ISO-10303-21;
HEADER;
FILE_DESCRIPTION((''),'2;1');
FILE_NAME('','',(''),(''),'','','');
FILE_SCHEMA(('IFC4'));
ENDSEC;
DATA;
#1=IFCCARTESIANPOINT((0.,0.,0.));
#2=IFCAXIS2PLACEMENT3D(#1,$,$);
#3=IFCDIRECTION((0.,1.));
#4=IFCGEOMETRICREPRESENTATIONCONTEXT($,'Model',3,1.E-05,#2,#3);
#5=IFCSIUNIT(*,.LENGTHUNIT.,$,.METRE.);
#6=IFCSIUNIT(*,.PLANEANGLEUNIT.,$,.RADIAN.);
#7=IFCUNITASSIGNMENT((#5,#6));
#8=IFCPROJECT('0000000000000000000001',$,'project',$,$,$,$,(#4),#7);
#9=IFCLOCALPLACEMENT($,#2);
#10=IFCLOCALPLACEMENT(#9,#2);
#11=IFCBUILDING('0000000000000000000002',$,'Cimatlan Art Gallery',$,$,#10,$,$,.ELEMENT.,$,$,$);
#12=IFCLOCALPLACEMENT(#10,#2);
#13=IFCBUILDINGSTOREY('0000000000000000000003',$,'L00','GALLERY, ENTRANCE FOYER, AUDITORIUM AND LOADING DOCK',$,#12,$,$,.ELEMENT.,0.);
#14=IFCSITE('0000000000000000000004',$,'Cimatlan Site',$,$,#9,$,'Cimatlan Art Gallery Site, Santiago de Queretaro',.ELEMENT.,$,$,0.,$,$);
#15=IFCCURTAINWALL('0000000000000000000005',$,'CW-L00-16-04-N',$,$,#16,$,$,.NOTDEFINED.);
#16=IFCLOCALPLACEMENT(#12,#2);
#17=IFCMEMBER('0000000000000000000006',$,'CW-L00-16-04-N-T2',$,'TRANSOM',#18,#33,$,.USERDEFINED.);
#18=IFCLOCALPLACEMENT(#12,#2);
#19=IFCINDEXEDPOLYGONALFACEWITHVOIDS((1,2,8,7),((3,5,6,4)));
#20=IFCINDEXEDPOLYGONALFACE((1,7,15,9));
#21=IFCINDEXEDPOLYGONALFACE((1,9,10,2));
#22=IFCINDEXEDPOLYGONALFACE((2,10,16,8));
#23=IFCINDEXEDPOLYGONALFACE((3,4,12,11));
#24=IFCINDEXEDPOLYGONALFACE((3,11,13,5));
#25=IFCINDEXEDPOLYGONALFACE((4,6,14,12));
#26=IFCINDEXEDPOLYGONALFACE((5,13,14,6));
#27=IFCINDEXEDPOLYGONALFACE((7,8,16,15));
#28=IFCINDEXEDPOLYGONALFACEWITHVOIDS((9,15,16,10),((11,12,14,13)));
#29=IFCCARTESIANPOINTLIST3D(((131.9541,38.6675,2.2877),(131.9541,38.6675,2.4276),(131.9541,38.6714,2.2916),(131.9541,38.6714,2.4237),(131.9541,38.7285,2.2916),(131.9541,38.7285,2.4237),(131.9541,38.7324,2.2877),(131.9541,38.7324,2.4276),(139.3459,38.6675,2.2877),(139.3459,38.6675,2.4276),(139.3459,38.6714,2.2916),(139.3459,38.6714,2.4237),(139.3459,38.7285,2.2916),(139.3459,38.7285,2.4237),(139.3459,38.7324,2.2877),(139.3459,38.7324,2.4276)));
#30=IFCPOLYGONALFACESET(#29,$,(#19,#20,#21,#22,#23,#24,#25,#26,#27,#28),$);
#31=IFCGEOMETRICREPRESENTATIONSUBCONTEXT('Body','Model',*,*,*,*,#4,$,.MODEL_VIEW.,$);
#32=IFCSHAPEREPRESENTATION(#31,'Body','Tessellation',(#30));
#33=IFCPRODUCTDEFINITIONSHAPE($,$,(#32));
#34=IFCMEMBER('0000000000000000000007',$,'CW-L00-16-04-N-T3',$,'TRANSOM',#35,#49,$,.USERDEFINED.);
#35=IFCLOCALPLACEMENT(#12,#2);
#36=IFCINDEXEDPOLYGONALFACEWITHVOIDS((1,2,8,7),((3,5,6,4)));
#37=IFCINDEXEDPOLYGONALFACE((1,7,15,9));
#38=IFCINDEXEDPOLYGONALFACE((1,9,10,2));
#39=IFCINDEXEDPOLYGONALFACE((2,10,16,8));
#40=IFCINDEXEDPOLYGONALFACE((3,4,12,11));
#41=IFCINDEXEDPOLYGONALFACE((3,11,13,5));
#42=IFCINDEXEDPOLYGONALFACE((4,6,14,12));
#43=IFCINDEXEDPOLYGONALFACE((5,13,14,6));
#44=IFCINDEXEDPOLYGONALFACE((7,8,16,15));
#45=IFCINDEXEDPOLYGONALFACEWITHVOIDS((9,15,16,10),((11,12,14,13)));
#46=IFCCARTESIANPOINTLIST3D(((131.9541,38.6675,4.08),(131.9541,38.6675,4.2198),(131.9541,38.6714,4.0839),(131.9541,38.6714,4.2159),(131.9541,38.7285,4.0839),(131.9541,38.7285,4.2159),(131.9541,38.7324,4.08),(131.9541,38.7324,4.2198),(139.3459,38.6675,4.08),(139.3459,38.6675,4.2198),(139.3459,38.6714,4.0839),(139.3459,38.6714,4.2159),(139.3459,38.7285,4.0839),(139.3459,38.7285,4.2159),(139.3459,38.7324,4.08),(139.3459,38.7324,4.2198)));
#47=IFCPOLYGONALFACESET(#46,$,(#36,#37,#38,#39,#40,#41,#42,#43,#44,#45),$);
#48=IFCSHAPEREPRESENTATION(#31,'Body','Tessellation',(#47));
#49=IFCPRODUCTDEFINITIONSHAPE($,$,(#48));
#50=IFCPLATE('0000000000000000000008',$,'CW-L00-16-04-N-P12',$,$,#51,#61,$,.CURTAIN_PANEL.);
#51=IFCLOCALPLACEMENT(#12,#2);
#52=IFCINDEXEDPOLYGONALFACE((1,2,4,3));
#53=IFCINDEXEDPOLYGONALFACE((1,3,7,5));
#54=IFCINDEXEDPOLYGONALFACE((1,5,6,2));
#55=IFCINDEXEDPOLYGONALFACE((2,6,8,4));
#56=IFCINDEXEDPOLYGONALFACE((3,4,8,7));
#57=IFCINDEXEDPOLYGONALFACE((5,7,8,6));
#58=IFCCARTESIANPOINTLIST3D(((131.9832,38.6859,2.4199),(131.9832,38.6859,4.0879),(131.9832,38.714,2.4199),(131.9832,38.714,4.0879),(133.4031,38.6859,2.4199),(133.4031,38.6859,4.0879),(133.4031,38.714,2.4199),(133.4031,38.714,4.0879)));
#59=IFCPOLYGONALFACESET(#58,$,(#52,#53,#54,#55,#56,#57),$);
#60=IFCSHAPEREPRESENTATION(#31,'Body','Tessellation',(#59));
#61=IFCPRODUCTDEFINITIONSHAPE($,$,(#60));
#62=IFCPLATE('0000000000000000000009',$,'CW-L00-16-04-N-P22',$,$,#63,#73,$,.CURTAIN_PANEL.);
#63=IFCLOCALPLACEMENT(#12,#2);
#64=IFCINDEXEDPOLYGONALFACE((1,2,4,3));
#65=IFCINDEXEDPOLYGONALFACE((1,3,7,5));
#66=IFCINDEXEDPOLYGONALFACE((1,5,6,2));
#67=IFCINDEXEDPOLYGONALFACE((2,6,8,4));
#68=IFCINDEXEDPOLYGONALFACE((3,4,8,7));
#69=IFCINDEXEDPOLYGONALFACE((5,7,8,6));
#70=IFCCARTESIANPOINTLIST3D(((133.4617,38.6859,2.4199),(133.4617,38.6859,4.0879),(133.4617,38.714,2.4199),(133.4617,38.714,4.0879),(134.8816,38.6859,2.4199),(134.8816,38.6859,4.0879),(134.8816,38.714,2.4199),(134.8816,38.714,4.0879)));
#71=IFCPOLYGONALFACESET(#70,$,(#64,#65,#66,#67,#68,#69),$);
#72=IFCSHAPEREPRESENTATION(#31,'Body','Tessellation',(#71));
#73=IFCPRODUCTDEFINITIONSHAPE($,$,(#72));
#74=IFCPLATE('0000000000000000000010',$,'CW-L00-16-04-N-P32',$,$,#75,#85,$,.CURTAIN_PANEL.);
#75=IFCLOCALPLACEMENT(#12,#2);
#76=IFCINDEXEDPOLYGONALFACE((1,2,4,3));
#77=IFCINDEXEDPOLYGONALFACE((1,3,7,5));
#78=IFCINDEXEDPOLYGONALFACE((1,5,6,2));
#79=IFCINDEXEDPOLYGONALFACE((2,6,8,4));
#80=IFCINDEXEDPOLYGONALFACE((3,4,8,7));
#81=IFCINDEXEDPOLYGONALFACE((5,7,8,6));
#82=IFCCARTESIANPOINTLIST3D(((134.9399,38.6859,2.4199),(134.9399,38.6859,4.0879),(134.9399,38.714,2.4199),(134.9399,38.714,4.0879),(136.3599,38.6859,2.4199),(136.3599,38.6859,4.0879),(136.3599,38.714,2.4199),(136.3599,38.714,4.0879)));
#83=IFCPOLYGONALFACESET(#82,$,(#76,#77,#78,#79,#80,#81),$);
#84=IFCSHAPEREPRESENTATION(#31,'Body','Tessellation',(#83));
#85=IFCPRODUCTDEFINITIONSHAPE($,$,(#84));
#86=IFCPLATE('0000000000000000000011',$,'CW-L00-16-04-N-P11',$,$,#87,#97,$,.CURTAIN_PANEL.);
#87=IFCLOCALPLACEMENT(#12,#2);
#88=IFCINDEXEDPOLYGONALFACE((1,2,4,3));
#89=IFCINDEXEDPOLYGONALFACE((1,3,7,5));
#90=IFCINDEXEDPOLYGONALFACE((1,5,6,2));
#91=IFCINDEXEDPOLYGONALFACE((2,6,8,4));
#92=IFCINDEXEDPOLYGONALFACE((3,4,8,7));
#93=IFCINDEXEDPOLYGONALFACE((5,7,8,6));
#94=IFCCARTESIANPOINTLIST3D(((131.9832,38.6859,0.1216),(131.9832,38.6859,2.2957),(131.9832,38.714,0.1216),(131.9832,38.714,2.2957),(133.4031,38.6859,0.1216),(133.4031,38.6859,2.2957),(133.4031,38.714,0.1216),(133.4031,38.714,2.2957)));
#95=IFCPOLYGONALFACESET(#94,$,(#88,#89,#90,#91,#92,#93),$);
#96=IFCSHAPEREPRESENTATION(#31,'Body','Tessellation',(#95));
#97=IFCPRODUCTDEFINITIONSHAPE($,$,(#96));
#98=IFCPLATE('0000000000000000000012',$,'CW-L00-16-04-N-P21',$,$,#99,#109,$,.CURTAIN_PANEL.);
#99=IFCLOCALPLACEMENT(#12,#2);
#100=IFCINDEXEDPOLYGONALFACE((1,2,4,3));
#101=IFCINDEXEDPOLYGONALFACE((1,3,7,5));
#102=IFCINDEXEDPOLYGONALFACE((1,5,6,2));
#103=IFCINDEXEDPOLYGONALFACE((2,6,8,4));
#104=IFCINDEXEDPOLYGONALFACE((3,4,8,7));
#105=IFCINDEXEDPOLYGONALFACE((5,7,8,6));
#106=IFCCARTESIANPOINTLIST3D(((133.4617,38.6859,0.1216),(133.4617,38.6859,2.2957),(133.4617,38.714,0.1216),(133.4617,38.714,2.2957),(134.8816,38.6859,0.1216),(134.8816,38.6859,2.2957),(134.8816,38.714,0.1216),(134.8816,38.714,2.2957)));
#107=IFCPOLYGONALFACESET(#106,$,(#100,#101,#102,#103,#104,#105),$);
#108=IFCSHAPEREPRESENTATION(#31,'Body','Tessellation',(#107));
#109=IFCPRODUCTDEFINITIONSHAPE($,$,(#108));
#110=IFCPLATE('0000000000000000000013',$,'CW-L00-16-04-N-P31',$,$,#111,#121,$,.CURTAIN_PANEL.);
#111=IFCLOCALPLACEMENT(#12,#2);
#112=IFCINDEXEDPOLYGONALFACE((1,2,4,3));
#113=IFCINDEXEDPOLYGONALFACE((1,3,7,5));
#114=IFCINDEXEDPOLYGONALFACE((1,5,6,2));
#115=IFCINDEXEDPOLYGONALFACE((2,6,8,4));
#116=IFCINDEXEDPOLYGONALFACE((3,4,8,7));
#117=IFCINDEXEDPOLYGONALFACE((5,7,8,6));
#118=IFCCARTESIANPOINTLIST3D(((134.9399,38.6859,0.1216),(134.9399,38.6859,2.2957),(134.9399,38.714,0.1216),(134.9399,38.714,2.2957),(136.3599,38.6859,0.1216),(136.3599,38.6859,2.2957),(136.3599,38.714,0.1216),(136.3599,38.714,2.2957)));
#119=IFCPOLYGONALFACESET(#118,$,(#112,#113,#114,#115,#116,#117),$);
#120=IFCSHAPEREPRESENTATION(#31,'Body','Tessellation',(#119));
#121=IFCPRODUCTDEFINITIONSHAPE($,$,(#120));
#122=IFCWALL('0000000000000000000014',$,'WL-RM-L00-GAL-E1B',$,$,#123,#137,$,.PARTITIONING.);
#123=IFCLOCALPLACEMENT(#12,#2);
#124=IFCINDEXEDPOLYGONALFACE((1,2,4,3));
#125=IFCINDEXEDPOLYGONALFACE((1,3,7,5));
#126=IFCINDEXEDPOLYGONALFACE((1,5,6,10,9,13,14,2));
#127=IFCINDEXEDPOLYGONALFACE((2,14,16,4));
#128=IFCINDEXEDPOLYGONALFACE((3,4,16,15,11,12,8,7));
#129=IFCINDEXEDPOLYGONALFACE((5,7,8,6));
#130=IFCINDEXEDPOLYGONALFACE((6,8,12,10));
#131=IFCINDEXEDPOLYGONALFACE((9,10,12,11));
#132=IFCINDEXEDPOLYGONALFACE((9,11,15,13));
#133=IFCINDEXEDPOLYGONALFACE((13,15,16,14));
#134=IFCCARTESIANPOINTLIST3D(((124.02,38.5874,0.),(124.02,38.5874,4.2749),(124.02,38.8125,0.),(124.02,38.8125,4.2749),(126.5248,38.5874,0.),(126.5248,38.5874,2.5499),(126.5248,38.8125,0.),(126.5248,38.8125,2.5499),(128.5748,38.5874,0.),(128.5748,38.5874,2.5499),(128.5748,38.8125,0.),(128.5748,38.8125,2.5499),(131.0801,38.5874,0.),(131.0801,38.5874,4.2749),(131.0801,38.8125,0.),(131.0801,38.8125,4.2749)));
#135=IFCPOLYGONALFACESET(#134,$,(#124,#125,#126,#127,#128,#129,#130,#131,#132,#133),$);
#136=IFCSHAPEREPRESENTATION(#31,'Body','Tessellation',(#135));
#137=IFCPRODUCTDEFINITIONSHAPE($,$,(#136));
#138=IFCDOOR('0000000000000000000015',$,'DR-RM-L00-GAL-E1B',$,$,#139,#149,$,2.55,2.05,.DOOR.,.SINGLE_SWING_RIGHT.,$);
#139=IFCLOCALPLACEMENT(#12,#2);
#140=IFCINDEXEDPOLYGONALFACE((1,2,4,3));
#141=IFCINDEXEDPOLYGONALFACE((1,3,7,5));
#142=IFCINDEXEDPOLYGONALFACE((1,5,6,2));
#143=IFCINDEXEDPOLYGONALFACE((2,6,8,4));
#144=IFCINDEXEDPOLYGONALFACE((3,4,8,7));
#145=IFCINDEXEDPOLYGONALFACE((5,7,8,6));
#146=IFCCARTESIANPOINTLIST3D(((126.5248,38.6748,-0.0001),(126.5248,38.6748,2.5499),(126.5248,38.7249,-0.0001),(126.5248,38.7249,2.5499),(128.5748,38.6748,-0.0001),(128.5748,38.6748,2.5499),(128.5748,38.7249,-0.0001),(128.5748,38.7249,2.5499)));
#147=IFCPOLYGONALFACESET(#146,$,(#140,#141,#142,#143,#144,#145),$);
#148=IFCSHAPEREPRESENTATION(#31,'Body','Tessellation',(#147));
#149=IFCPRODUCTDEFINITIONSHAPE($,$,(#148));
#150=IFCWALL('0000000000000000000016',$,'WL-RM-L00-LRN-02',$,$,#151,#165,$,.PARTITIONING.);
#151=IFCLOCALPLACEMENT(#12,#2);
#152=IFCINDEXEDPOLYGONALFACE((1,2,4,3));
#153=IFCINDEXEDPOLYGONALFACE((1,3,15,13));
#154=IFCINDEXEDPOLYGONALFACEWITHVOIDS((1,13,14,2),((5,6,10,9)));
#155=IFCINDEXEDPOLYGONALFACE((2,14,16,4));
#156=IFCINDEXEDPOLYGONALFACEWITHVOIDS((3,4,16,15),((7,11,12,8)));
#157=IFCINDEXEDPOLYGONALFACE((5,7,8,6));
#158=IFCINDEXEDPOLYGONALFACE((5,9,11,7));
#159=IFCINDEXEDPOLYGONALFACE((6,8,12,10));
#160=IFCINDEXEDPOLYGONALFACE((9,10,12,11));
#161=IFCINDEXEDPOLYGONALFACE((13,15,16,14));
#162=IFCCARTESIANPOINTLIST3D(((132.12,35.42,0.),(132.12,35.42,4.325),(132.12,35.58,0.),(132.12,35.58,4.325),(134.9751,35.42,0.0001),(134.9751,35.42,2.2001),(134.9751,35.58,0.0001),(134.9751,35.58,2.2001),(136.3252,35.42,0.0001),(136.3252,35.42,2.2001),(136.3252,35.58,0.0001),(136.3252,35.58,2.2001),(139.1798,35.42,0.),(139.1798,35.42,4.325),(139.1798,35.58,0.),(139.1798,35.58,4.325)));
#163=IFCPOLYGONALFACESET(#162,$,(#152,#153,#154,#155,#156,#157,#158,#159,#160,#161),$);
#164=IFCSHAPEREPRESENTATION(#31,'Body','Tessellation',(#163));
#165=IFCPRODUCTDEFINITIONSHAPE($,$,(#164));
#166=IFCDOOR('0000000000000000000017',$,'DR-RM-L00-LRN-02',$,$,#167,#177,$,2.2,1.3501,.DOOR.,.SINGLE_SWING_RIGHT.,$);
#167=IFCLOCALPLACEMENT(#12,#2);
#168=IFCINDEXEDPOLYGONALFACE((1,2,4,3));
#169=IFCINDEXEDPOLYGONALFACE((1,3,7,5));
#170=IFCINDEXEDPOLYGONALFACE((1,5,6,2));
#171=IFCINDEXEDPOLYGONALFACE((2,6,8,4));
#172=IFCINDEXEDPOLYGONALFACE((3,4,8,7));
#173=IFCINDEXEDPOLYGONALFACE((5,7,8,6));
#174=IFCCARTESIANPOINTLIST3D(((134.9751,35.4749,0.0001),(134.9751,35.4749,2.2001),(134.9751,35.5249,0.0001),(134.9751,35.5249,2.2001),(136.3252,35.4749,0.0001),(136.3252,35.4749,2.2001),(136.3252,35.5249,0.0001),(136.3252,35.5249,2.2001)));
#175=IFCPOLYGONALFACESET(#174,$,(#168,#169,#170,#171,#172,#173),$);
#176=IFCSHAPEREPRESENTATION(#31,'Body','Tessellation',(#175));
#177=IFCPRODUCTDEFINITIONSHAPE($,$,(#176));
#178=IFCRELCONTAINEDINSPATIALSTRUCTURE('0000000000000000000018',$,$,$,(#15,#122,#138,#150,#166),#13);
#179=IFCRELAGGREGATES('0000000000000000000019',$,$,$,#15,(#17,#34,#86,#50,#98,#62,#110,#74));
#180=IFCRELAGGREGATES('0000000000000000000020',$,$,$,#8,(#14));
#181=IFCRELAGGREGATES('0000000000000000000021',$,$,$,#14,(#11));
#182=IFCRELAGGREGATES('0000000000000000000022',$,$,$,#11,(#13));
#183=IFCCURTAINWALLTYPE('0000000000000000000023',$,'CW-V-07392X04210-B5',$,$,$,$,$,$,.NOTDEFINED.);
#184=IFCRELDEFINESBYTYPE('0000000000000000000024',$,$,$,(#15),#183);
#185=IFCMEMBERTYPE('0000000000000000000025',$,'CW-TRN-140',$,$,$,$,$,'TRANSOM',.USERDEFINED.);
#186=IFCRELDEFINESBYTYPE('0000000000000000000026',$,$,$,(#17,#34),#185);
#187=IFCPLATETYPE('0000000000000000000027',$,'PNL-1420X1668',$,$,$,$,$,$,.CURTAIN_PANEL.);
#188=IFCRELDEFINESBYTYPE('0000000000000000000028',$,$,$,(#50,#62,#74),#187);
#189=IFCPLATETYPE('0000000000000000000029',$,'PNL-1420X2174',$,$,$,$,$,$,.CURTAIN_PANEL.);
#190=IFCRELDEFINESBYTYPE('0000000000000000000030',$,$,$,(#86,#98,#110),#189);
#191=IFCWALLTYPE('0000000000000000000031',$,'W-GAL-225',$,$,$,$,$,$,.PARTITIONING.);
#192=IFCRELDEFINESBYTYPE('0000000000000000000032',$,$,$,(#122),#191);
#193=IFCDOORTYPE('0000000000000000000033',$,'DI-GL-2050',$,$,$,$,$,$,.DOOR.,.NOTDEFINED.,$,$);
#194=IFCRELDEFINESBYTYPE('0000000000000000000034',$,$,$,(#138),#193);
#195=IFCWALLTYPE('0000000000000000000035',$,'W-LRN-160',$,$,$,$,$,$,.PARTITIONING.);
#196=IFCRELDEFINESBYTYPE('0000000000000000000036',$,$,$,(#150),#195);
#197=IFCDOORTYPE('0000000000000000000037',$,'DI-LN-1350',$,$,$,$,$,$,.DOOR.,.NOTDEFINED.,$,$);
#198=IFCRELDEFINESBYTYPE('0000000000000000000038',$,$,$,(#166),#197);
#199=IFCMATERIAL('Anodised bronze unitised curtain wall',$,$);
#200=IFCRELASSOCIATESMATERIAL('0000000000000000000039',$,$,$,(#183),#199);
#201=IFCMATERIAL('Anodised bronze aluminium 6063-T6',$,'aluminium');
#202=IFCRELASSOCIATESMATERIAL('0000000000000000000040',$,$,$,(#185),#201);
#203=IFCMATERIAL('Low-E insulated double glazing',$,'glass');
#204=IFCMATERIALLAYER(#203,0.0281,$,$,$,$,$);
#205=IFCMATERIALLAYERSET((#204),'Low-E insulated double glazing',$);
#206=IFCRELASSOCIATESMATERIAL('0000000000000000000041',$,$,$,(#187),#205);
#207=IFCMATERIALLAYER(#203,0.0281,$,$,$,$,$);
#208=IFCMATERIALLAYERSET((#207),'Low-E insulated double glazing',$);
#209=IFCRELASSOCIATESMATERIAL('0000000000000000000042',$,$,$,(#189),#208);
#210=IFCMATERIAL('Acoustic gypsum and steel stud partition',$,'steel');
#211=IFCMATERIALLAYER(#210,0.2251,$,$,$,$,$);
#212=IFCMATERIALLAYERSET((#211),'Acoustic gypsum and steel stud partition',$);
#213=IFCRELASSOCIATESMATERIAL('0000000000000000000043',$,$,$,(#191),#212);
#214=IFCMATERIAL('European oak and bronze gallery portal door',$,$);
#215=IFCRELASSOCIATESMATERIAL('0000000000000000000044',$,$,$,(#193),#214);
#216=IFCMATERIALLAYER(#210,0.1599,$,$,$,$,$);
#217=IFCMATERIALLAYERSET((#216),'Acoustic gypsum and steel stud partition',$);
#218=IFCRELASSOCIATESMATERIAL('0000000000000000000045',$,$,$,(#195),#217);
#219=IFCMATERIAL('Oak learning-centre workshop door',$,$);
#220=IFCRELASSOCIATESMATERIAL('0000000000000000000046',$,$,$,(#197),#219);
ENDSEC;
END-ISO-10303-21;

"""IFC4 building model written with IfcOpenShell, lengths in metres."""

from ifc_helpers import new_model, si_unit, direction, frame, frame_2d, origin, origin_2d, place, context, subcontext, project, spatial, rectangle, hollow_rectangle, extrude, material, layer, layer_set, material_profile, profile_set, type_object, element, fill, aggregate, save


model = new_model("IFC4")

# Units and contexts
model_context = context("Model", 3, precision=1e-05, world=origin(), true_north=direction((0.0, 1.0)))
body_context = subcontext(model_context, "Body", "Model", "MODEL_VIEW")
ifc_project = project(units=[si_unit("LENGTHUNIT", "METRE"), si_unit("PLANEANGLEUNIT", "RADIAN")], contexts=[model_context])

# Site, building, storey
site_placement = place(None, origin())
site = spatial("IfcSite", under=ifc_project, at=site_placement, Name="Cimatlan Site", LongName="Cimatlan Art Gallery Site, Santiago de Queretaro", CompositionType="ELEMENT", RefElevation=0.0)
building_placement = place(site_placement, origin())
building = spatial("IfcBuilding", under=site, at=building_placement, Name="Cimatlan Art Gallery", CompositionType="ELEMENT")
storey_placement = place(building_placement, origin())
storey = spatial("IfcBuildingStorey", under=building, at=storey_placement, Name="L00", Description="GALLERY, ENTRANCE FOYER, AUDITORIUM AND LOADING DOCK", CompositionType="ELEMENT", Elevation=0.0)

# Curtain wall, members, plates
ifc_material_1 = material(Name="Anodised bronze unitised curtain wall")
curtain_wall_type = type_object("IfcCurtainWallType", Name="CW-V-07392X04210-B5", PredefinedType="NOTDEFINED", material=ifc_material_1)
curtain_wall_placement = place(storey_placement, origin())
curtain_wall = element("IfcCurtainWall", 1, at=curtain_wall_placement, inside=storey, type_object=curtain_wall_type, Name="CW-L00-16-04-N", PredefinedType="NOTDEFINED")
ifc_material_2 = material(Name="Anodised bronze aluminium 6063-T6", Category="aluminium")
ifc_material_profile_1 = material_profile(ifc_material_2, hollow_rectangle(XDim=0.0649, YDim=0.1399, WallThickness=0.0039, at=origin_2d()), Name="ALU65X140X4")
ifc_profile_set_1 = profile_set([ifc_material_profile_1], Name="Anodised bronze aluminium 6063-T6")
member_type_1 = type_object("IfcMemberType", Name="CW-TRN-140", ElementType="TRANSOM", PredefinedType="USERDEFINED", material=ifc_profile_set_1)
member_1_placement = place(storey_placement, frame((131.9541, 38.7, 2.3577), z_axis=(1.0, 0.0, 0.0), x_axis=(0.0, 1.0, 0.0)))
member_1 = element("IfcMember", 2, at=member_1_placement, type_object=member_type_1, Name="CW-L00-16-04-N-T2", ObjectType="TRANSOM", PredefinedType="USERDEFINED", context=body_context, shape_type="SweptSolid", body=[
    extrude(hollow_rectangle(XDim=0.0649, YDim=0.1399, WallThickness=0.0039, at=origin_2d()), origin(), (0.0, 0.0, 1.0), 7.3918),
])
member_2_placement = place(storey_placement, frame((131.9541, 38.7, 4.1499), z_axis=(1.0, 0.0, 0.0), x_axis=(0.0, 1.0, 0.0)))
member_2 = element("IfcMember", 3, at=member_2_placement, type_object=member_type_1, Name="CW-L00-16-04-N-T3", ObjectType="TRANSOM", PredefinedType="USERDEFINED", context=body_context, shape_type="SweptSolid", body=[
    extrude(hollow_rectangle(XDim=0.0649, YDim=0.1399, WallThickness=0.0039, at=origin_2d()), origin(), (0.0, 0.0, 1.0), 7.3918),
])
ifc_material_3 = material(Name="Low-E insulated double glazing", Category="glass")
ifc_layer_1 = layer(ifc_material_3, 0.0281)
ifc_layer_set_1 = layer_set([ifc_layer_1], Name="Low-E insulated double glazing")
plate_type_1 = type_object("IfcPlateType", Name="PNL-1420X1668", PredefinedType="CURTAIN_PANEL", material=ifc_layer_set_1)
plate_1_placement = place(storey_placement, frame((132.6931, 38.7, 2.4199), z_axis=(0.0, 0.0, 1.0), x_axis=(1.0, 0.0, 0.0)))
plate_1 = element("IfcPlate", 4, at=plate_1_placement, type_object=plate_type_1, Name="CW-L00-16-04-N-P12", PredefinedType="CURTAIN_PANEL", context=body_context, shape_type="SweptSolid", body=[
    extrude(rectangle(XDim=1.4199, YDim=0.0281, at=origin_2d()), origin(), (0.0, 0.0, 1.0), 1.668),
])
plate_2_placement = place(storey_placement, frame((134.1716, 38.7, 2.4199), z_axis=(0.0, 0.0, 1.0), x_axis=(1.0, 0.0, 0.0)))
plate_2 = element("IfcPlate", 5, at=plate_2_placement, type_object=plate_type_1, Name="CW-L00-16-04-N-P22", PredefinedType="CURTAIN_PANEL", context=body_context, shape_type="SweptSolid", body=[
    extrude(rectangle(XDim=1.4199, YDim=0.0281, at=origin_2d()), origin(), (0.0, 0.0, 1.0), 1.668),
])
plate_3_placement = place(storey_placement, frame((135.6499, 38.7, 2.4199), z_axis=(0.0, 0.0, 1.0), x_axis=(1.0, 0.0, 0.0)))
plate_3 = element("IfcPlate", 6, at=plate_3_placement, type_object=plate_type_1, Name="CW-L00-16-04-N-P32", PredefinedType="CURTAIN_PANEL", context=body_context, shape_type="SweptSolid", body=[
    extrude(rectangle(XDim=1.4199, YDim=0.0281, at=origin_2d()), origin(), (0.0, 0.0, 1.0), 1.668),
])
ifc_layer_2 = layer(ifc_material_3, 0.0281)
ifc_layer_set_2 = layer_set([ifc_layer_2], Name="Low-E insulated double glazing")
plate_type_2 = type_object("IfcPlateType", Name="PNL-1420X2174", PredefinedType="CURTAIN_PANEL", material=ifc_layer_set_2)
plate_4_placement = place(storey_placement, frame((132.6931, 38.7, 0.1216), z_axis=(0.0, 0.0, 1.0), x_axis=(1.0, 0.0, 0.0)))
plate_4 = element("IfcPlate", 7, at=plate_4_placement, type_object=plate_type_2, Name="CW-L00-16-04-N-P11", PredefinedType="CURTAIN_PANEL", context=body_context, shape_type="SweptSolid", body=[
    extrude(rectangle(XDim=1.4199, YDim=0.0281, at=origin_2d()), origin(), (0.0, 0.0, 1.0), 2.1741),
])
plate_5_placement = place(storey_placement, frame((134.1716, 38.7, 0.1216), z_axis=(0.0, 0.0, 1.0), x_axis=(1.0, 0.0, 0.0)))
plate_5 = element("IfcPlate", 8, at=plate_5_placement, type_object=plate_type_2, Name="CW-L00-16-04-N-P21", PredefinedType="CURTAIN_PANEL", context=body_context, shape_type="SweptSolid", body=[
    extrude(rectangle(XDim=1.4199, YDim=0.0281, at=origin_2d()), origin(), (0.0, 0.0, 1.0), 2.1741),
])
plate_6_placement = place(storey_placement, frame((135.6499, 38.7, 0.1216), z_axis=(0.0, 0.0, 1.0), x_axis=(1.0, 0.0, 0.0)))
plate_6 = element("IfcPlate", 9, at=plate_6_placement, type_object=plate_type_2, Name="CW-L00-16-04-N-P31", PredefinedType="CURTAIN_PANEL", context=body_context, shape_type="SweptSolid", body=[
    extrude(rectangle(XDim=1.4199, YDim=0.0281, at=origin_2d()), origin(), (0.0, 0.0, 1.0), 2.1741),
])
aggregate(curtain_wall, [member_1, member_2, plate_4, plate_1, plate_5, plate_2, plate_6, plate_3])

# Walls, openings, doors
ifc_material_4 = material(Name="Acoustic gypsum and steel stud partition", Category="steel")
ifc_layer_3 = layer(ifc_material_4, 0.2251)
ifc_layer_set_3 = layer_set([ifc_layer_3], Name="Acoustic gypsum and steel stud partition")
wall_type_1 = type_object("IfcWallType", Name="W-GAL-225", PredefinedType="PARTITIONING", material=ifc_layer_set_3)
wall_1_placement = place(storey_placement, frame((124.02, 38.7, 0.0), z_axis=(0.0, 0.0, 1.0), x_axis=(1.0, 0.0, 0.0)))
wall_1 = element("IfcWall", 10, at=wall_1_placement, inside=storey, type_object=wall_type_1, Name="WL-RM-L00-GAL-E1B", PredefinedType="PARTITIONING", context=body_context, shape_type="SweptSolid", body=[
    extrude(rectangle(XDim=7.0601, YDim=0.2251, at=frame_2d((3.53, 0.0))), origin(), (0.0, 0.0, 1.0), 4.2749),
])
opening_1_placement = place(wall_1_placement, frame((2.5049, 0.0, 0.0)))
opening_1 = element("IfcOpeningElement", 11, at=opening_1_placement, cuts=wall_1, PredefinedType="OPENING", context=body_context, shape_type="SweptSolid", body=[
    extrude(rectangle(XDim=2.05, YDim=2.55, at=frame_2d((1.0249, 1.2749))), frame((0.0, 0.1226, 0.0), z_axis=(0.0, -1.0, 0.0), x_axis=(1.0, 0.0, 0.0)), (0.0, 0.0, 1.0), 0.2451),
])
ifc_material_5 = material(Name="European oak and bronze gallery portal door")
door_type_1 = type_object("IfcDoorType", Name="DI-GL-2050", OperationType="NOTDEFINED", PredefinedType="DOOR", material=ifc_material_5)
door_1_placement = place(opening_1_placement, origin())
door_1 = element("IfcDoor", 12, at=door_1_placement, inside=storey, type_object=door_type_1, Name="DR-RM-L00-GAL-E1B", OperationType="SINGLE_SWING_RIGHT", OverallHeight=2.55, OverallWidth=2.05, PredefinedType="DOOR", context=body_context, shape_type="SweptSolid", body=[
    extrude(rectangle(XDim=2.05, YDim=2.55, at=frame_2d((1.0249, 1.2749))), frame((0.0, 0.0249, 0.0), z_axis=(0.0, -1.0, 0.0), x_axis=(1.0, 0.0, 0.0)), (0.0, 0.0, 1.0), 0.05),
])
fill(opening_1, door_1)
ifc_layer_4 = layer(ifc_material_4, 0.1599)
ifc_layer_set_4 = layer_set([ifc_layer_4], Name="Acoustic gypsum and steel stud partition")
wall_type_2 = type_object("IfcWallType", Name="W-LRN-160", PredefinedType="PARTITIONING", material=ifc_layer_set_4)
wall_2_placement = place(storey_placement, frame((132.1201, 35.5, 0.0), z_axis=(0.0, 0.0, 1.0), x_axis=(1.0, 0.0, 0.0)))
wall_2 = element("IfcWall", 13, at=wall_2_placement, inside=storey, type_object=wall_type_2, Name="WL-RM-L00-LRN-02", PredefinedType="PARTITIONING", context=body_context, shape_type="SweptSolid", body=[
    extrude(rectangle(XDim=7.0598, YDim=0.1599, at=frame_2d((3.5298, 0.0))), origin(), (0.0, 0.0, 1.0), 4.325),
])
opening_2_placement = place(wall_2_placement, frame((2.855, 0.0, 0.0)))
opening_2 = element("IfcOpeningElement", 14, at=opening_2_placement, cuts=wall_2, PredefinedType="OPENING", context=body_context, shape_type="SweptSolid", body=[
    extrude(rectangle(XDim=1.3501, YDim=2.2, at=frame_2d((0.675, 1.1001))), frame((0.0, 0.0898, 0.0), z_axis=(0.0, -1.0, 0.0), x_axis=(1.0, 0.0, 0.0)), (0.0, 0.0, 1.0), 0.1799),
])
ifc_material_6 = material(Name="Oak learning-centre workshop door")
door_type_2 = type_object("IfcDoorType", Name="DI-LN-1350", OperationType="NOTDEFINED", PredefinedType="DOOR", material=ifc_material_6)
door_2_placement = place(opening_2_placement, origin())
door_2 = element("IfcDoor", 15, at=door_2_placement, inside=storey, type_object=door_type_2, Name="DR-RM-L00-LRN-02", OperationType="SINGLE_SWING_RIGHT", OverallHeight=2.2, OverallWidth=1.3501, PredefinedType="DOOR", context=body_context, shape_type="SweptSolid", body=[
    extrude(rectangle(XDim=1.3501, YDim=2.2, at=frame_2d((0.675, 1.1001))), frame((0.0, 0.0249, 0.0), z_axis=(0.0, -1.0, 0.0), x_axis=(1.0, 0.0, 0.0)), (0.0, 0.0, 1.0), 0.05),
])
fill(opening_2, door_2)

save(model, "model.ifc")
